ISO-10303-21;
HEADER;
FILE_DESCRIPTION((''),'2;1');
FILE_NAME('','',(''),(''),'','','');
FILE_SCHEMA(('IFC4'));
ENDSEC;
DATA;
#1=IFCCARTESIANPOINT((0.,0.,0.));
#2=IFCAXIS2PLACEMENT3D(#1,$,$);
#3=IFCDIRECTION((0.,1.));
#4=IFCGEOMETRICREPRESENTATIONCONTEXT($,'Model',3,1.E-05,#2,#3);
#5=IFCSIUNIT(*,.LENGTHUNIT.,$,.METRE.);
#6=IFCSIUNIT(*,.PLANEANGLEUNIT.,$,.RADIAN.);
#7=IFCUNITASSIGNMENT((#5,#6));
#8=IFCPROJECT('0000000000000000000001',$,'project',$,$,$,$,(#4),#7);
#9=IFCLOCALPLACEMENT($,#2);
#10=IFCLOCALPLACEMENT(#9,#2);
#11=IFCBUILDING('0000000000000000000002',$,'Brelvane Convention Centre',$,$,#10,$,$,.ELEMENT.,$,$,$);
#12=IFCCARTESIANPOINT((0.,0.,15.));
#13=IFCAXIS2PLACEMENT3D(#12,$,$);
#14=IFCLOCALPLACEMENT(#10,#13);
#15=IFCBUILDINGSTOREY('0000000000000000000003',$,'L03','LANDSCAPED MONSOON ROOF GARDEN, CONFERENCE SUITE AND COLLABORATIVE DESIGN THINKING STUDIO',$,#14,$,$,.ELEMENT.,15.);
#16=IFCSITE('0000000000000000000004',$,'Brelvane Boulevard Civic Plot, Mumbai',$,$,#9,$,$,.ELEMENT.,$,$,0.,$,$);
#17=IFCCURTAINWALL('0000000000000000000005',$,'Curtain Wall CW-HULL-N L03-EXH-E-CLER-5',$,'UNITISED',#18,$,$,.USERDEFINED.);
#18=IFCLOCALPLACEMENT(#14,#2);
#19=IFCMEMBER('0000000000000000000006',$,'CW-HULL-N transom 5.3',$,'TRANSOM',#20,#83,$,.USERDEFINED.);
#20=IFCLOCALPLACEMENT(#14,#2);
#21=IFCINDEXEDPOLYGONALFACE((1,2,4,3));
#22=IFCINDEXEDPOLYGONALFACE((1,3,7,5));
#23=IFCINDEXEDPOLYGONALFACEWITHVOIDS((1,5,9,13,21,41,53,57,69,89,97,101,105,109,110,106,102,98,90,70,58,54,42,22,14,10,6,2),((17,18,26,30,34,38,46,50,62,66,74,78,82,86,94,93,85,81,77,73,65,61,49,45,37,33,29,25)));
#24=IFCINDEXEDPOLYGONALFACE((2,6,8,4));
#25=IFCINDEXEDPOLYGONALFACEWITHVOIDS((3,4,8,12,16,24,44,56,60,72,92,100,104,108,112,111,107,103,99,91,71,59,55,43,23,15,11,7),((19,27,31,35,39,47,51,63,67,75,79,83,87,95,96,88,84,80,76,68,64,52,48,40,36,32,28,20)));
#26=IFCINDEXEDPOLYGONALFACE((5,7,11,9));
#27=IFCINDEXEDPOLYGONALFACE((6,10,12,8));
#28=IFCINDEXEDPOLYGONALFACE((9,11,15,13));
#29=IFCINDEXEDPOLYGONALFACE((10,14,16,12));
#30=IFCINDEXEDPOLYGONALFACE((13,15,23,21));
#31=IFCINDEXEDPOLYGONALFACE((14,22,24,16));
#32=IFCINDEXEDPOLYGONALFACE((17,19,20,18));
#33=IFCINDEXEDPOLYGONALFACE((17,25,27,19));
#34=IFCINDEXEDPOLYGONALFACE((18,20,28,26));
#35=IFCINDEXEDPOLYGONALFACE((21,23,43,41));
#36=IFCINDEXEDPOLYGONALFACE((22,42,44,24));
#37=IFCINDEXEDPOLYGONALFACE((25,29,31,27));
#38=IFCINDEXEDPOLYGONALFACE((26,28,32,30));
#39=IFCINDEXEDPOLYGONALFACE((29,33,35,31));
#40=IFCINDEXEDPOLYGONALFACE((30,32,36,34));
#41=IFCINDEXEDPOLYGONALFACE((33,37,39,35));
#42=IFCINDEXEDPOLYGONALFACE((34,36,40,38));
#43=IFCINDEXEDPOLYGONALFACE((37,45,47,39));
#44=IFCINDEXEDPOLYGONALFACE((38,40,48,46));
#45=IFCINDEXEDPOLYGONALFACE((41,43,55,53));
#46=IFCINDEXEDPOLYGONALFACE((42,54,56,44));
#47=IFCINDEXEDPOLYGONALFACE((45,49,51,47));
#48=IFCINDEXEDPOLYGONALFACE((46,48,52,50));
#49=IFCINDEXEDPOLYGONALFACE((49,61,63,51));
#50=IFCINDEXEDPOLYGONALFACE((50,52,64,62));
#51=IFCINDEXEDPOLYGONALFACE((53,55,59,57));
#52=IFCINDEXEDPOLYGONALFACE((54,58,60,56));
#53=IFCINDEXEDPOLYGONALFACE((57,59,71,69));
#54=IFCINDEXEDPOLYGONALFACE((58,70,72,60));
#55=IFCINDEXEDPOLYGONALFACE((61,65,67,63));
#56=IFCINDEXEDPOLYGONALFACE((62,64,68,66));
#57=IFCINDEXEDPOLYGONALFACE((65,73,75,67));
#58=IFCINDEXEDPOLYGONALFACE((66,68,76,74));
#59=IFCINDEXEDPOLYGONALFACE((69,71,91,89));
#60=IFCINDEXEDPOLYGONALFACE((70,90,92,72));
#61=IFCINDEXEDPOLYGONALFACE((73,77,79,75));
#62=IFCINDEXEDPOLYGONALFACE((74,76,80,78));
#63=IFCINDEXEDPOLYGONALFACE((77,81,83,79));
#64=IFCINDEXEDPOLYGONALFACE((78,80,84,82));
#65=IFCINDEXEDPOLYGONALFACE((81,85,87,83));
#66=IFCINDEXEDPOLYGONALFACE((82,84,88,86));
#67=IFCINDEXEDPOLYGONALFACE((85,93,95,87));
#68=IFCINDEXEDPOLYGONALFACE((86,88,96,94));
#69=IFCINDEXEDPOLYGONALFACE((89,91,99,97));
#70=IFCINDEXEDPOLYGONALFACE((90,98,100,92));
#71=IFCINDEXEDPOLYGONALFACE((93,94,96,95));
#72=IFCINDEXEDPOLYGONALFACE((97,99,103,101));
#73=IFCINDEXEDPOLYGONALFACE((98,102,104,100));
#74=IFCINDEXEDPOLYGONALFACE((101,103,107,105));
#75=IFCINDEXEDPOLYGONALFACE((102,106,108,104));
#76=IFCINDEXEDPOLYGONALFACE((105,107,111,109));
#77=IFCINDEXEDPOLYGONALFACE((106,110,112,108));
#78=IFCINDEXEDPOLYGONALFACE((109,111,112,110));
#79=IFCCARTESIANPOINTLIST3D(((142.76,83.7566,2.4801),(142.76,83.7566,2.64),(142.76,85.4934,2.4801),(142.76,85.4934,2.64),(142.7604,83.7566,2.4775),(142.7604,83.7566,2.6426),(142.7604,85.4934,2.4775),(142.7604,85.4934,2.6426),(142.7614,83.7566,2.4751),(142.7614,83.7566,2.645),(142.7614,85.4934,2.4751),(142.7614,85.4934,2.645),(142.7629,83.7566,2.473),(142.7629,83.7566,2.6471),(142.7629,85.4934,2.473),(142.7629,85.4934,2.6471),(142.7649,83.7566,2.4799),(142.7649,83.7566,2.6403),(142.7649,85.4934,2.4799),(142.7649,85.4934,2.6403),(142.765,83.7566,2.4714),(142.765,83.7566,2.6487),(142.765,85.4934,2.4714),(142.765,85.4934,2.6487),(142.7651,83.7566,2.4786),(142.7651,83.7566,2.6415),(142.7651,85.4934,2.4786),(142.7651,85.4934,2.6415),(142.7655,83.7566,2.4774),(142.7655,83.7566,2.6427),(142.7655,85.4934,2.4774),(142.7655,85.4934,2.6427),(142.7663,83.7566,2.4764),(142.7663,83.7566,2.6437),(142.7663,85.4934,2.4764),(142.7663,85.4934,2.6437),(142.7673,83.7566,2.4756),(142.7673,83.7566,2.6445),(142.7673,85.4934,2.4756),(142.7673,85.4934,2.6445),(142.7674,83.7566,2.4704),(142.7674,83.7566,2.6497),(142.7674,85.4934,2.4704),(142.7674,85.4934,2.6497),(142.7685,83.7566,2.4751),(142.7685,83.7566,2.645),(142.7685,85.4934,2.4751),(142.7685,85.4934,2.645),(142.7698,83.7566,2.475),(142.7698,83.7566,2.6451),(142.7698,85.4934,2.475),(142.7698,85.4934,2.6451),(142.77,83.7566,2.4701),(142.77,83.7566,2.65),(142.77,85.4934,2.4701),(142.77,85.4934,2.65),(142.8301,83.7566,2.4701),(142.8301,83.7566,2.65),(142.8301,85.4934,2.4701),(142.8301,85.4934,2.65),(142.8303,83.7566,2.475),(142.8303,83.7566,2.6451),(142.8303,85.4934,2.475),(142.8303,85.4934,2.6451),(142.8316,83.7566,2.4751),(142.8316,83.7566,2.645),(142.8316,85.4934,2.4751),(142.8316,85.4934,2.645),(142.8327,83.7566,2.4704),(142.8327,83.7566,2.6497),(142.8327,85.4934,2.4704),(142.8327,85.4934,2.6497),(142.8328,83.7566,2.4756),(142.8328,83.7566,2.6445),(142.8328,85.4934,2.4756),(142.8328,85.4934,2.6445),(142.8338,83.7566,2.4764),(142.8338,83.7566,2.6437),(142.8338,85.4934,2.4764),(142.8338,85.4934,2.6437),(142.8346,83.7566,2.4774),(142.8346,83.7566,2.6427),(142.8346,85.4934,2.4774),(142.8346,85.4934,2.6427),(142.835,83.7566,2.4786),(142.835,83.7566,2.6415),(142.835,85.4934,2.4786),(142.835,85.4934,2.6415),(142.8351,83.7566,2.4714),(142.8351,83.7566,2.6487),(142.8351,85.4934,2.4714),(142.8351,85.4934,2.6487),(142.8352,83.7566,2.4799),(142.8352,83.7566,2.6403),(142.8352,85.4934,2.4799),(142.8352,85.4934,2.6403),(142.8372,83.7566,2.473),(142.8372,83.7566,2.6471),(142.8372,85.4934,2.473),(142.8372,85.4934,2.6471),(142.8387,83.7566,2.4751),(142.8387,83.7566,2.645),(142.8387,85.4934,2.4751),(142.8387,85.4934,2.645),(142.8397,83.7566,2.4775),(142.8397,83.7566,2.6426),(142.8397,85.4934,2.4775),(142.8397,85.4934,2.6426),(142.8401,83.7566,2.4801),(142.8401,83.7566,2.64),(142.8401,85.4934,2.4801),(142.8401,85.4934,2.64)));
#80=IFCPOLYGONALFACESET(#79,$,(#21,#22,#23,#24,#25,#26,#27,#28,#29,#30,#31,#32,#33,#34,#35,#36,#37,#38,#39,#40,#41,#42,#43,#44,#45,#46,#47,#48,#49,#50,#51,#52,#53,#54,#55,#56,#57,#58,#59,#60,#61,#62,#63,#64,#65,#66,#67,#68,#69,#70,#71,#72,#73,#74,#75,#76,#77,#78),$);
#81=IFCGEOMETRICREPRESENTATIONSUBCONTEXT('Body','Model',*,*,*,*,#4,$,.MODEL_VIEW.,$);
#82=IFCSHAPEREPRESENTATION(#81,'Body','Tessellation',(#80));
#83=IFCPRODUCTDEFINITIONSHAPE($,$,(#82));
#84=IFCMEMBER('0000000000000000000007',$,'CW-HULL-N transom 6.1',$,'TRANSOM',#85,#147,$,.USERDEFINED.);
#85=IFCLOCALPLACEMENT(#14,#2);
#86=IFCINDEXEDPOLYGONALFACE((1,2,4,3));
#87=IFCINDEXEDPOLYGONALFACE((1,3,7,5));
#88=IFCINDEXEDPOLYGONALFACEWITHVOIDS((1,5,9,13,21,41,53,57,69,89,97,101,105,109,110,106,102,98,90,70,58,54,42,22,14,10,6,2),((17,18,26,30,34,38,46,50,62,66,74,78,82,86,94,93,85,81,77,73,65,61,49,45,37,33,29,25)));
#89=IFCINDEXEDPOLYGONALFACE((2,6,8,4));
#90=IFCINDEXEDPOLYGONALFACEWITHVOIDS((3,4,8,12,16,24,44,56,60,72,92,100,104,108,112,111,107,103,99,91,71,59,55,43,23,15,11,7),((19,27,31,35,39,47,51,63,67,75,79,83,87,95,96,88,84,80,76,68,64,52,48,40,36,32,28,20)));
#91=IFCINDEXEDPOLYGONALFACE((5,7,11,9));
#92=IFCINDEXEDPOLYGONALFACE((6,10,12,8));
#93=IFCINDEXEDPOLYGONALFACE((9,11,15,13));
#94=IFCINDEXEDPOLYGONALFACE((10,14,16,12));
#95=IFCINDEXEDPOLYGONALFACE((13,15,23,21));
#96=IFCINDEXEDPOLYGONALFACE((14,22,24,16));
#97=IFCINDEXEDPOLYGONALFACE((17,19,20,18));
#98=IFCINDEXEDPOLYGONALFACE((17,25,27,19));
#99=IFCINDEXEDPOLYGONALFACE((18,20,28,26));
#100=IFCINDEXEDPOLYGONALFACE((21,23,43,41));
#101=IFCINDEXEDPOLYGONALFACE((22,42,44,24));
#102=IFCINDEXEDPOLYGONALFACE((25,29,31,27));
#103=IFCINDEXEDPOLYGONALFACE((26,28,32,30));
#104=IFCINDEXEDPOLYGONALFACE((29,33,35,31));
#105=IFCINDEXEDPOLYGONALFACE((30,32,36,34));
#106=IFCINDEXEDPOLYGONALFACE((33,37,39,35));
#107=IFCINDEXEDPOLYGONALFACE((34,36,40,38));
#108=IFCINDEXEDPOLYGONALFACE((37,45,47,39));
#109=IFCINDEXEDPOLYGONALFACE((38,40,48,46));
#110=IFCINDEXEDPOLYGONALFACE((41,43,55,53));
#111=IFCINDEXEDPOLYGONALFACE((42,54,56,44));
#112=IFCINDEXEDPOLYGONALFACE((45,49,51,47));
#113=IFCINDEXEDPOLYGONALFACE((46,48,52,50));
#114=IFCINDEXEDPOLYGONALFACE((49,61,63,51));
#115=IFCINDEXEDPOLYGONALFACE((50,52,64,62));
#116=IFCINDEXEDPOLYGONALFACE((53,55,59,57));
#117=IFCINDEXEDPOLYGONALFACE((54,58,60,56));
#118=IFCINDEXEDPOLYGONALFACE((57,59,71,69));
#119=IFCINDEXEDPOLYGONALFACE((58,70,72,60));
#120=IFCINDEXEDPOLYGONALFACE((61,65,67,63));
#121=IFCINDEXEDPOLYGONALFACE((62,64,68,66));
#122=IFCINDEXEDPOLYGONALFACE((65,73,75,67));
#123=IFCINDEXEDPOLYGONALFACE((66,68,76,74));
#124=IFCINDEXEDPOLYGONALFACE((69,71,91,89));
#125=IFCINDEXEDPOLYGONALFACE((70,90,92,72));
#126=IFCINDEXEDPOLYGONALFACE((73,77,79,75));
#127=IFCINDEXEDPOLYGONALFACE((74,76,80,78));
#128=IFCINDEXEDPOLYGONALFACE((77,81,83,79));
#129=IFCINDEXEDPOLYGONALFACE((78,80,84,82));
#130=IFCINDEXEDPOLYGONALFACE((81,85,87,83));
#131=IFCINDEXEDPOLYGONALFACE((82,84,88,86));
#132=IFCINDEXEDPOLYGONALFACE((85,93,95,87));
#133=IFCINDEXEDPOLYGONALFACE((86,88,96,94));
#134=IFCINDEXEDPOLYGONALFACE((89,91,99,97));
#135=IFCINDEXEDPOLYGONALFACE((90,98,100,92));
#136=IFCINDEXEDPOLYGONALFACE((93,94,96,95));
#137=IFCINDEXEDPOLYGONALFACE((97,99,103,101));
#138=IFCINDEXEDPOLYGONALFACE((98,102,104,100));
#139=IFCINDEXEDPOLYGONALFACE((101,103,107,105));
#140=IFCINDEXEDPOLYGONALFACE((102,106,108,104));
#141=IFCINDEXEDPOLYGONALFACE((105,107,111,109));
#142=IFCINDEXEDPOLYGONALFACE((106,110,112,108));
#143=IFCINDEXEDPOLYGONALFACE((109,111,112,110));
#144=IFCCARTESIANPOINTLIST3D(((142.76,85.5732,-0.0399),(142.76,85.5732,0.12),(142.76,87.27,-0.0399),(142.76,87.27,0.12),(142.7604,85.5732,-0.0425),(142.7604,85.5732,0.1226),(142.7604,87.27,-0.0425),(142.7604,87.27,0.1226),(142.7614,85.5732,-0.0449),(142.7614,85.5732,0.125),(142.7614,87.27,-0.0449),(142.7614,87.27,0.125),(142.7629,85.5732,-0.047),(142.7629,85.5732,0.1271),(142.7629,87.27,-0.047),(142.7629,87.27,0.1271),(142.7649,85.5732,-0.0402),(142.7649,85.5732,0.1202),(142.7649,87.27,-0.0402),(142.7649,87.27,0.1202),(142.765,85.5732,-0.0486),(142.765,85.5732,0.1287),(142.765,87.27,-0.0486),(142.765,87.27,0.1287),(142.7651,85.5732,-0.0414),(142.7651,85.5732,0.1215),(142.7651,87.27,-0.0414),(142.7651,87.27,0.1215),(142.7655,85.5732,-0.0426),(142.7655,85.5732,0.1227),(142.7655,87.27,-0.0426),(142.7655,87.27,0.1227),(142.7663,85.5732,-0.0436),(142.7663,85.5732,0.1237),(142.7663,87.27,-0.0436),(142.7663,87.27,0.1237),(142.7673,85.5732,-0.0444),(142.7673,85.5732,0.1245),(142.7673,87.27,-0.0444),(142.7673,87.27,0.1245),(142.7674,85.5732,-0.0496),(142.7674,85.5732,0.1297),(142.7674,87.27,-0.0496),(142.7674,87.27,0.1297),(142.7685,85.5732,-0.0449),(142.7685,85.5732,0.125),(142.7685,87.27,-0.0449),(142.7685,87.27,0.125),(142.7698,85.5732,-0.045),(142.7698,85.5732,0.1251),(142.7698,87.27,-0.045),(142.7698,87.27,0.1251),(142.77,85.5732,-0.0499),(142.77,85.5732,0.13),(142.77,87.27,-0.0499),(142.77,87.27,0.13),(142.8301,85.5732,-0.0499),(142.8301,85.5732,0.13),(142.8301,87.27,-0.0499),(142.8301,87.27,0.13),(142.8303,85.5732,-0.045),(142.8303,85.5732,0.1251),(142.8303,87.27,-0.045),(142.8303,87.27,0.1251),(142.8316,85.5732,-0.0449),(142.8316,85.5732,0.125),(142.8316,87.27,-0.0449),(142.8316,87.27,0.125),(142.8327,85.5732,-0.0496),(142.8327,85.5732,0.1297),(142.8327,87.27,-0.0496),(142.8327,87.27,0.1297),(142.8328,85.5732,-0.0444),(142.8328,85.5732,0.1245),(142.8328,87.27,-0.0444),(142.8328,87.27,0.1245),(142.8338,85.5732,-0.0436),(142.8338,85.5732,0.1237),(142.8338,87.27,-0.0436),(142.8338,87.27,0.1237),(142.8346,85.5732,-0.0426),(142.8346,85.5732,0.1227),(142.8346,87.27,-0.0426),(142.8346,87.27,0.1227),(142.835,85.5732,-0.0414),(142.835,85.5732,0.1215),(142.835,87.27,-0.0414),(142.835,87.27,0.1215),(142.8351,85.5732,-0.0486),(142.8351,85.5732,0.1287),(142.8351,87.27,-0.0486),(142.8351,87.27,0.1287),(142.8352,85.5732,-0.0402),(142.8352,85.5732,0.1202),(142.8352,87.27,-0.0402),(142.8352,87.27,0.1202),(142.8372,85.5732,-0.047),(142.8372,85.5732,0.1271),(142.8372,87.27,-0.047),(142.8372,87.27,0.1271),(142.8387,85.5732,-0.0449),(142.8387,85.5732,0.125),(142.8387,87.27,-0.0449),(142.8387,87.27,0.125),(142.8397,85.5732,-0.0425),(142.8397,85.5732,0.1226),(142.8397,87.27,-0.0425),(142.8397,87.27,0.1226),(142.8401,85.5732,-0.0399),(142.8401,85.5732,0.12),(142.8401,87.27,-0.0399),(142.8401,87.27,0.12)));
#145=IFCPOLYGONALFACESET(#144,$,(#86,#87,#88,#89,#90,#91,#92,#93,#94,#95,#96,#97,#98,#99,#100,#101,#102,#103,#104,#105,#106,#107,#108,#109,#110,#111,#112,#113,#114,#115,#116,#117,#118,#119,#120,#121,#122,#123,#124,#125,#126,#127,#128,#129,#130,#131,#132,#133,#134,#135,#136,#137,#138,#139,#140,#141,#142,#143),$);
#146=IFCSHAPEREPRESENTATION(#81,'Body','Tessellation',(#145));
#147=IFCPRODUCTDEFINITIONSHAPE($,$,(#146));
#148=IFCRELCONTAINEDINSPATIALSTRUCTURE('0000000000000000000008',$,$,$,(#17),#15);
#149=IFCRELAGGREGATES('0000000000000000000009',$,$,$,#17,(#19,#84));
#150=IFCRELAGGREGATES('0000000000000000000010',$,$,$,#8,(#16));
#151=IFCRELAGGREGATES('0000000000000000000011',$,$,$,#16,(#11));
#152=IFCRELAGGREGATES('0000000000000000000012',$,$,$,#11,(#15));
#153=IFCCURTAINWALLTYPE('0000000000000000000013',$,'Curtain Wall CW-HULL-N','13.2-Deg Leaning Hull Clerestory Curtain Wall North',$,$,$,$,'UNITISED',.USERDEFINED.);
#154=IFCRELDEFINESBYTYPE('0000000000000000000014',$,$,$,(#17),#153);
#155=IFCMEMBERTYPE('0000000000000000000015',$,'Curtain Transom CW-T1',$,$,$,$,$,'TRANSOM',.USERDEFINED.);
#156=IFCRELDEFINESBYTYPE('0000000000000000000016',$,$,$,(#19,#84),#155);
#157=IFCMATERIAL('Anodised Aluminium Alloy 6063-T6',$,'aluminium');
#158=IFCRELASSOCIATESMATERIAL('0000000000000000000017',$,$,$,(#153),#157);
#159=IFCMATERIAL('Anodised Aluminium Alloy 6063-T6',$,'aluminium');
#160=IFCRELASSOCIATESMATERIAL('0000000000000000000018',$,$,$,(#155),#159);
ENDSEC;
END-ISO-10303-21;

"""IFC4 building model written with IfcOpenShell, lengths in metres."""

from ifc_helpers import new_model, si_unit, direction, frame, origin, origin_2d, place, context, subcontext, project, spatial, hollow_rectangle, extrude, material, material_profile, profile_set, type_object, element, aggregate, save


model = new_model("IFC4")

# Units and contexts
model_context = context("Model", 3, precision=1e-05, world=origin(), true_north=direction((0.0, 1.0)))
body_context = subcontext(model_context, "Body", "Model", "MODEL_VIEW")
ifc_project = project(units=[si_unit("LENGTHUNIT", "METRE"), si_unit("PLANEANGLEUNIT", "RADIAN")], contexts=[model_context])

# Site, building, storey
site_placement = place(None, origin())
site = spatial("IfcSite", under=ifc_project, at=site_placement, Name="Brelvane Boulevard Civic Plot, Mumbai", CompositionType="ELEMENT", RefElevation=0.0)
building_placement = place(site_placement, origin())
building = spatial("IfcBuilding", under=site, at=building_placement, Name="Brelvane Convention Centre", CompositionType="ELEMENT")
storey_placement = place(building_placement, frame((0.0, 0.0, 15.0)))
storey = spatial("IfcBuildingStorey", under=building, at=storey_placement, Name="L03", Description="LANDSCAPED MONSOON ROOF GARDEN, CONFERENCE SUITE AND COLLABORATIVE DESIGN THINKING STUDIO", CompositionType="ELEMENT", Elevation=15.0)

# Curtain wall
ifc_material_1 = material(Name="Anodised Aluminium Alloy 6063-T6", Category="aluminium")
curtain_wall_type = type_object("IfcCurtainWallType", Name="Curtain Wall CW-HULL-N", Description="13.2-Deg Leaning Hull Clerestory Curtain Wall North", ElementType="UNITISED", PredefinedType="USERDEFINED", material=ifc_material_1)
curtain_wall_1_placement = place(storey_placement, origin())
curtain_wall_1 = element("IfcCurtainWall", 1, at=curtain_wall_1_placement, inside=storey, type_object=curtain_wall_type, Name="Curtain Wall CW-HULL-N L03-EXH-E-CLER-5", ObjectType="UNITISED", PredefinedType="USERDEFINED")

# Members
ifc_material_2 = material(Name="Anodised Aluminium Alloy 6063-T6", Category="aluminium")
ifc_material_profile_1 = material_profile(ifc_material_2, hollow_rectangle(XDim=0.0801, YDim=0.1799, WallThickness=0.0049, InnerFilletRadius=0.0049, OuterFilletRadius=0.01, at=origin_2d()), Name="ALU-T 180x80x5.0")
ifc_profile_set_1 = profile_set([ifc_material_profile_1], Name="Anodised Aluminium Alloy 6063-T6")
member_type_1 = type_object("IfcMemberType", Name="Curtain Transom CW-T1", ElementType="TRANSOM", PredefinedType="USERDEFINED", material=ifc_profile_set_1)
member_1_placement = place(storey_placement, frame((142.8, 83.7566, 2.5601), z_axis=(0.0, 1.0, 0.0), x_axis=(-1.0, 0.0, 0.0)))
member_1 = element("IfcMember", 2, at=member_1_placement, type_object=member_type_1, Name="CW-HULL-N transom 5.3", ObjectType="TRANSOM", PredefinedType="USERDEFINED", context=body_context, shape_type="SweptSolid", body=[
    extrude(hollow_rectangle(XDim=0.0801, YDim=0.1799, WallThickness=0.0049, InnerFilletRadius=0.0049, OuterFilletRadius=0.01, at=origin_2d()), origin(), (0.0, 0.0, 1.0), 1.7368),
])
member_2_placement = place(storey_placement, frame((142.8, 85.5732, 0.04), z_axis=(0.0, 1.0, 0.0), x_axis=(-1.0, 0.0, 0.0)))
member_2 = element("IfcMember", 3, at=member_2_placement, type_object=member_type_1, Name="CW-HULL-N transom 6.1", ObjectType="TRANSOM", PredefinedType="USERDEFINED", context=body_context, shape_type="SweptSolid", body=[
    extrude(hollow_rectangle(XDim=0.0801, YDim=0.1799, WallThickness=0.0049, InnerFilletRadius=0.0049, OuterFilletRadius=0.01, at=origin_2d()), origin(), (0.0, 0.0, 1.0), 1.6968),
])

aggregate(curtain_wall_1, [member_1, member_2])

save(model, "model.ifc")
